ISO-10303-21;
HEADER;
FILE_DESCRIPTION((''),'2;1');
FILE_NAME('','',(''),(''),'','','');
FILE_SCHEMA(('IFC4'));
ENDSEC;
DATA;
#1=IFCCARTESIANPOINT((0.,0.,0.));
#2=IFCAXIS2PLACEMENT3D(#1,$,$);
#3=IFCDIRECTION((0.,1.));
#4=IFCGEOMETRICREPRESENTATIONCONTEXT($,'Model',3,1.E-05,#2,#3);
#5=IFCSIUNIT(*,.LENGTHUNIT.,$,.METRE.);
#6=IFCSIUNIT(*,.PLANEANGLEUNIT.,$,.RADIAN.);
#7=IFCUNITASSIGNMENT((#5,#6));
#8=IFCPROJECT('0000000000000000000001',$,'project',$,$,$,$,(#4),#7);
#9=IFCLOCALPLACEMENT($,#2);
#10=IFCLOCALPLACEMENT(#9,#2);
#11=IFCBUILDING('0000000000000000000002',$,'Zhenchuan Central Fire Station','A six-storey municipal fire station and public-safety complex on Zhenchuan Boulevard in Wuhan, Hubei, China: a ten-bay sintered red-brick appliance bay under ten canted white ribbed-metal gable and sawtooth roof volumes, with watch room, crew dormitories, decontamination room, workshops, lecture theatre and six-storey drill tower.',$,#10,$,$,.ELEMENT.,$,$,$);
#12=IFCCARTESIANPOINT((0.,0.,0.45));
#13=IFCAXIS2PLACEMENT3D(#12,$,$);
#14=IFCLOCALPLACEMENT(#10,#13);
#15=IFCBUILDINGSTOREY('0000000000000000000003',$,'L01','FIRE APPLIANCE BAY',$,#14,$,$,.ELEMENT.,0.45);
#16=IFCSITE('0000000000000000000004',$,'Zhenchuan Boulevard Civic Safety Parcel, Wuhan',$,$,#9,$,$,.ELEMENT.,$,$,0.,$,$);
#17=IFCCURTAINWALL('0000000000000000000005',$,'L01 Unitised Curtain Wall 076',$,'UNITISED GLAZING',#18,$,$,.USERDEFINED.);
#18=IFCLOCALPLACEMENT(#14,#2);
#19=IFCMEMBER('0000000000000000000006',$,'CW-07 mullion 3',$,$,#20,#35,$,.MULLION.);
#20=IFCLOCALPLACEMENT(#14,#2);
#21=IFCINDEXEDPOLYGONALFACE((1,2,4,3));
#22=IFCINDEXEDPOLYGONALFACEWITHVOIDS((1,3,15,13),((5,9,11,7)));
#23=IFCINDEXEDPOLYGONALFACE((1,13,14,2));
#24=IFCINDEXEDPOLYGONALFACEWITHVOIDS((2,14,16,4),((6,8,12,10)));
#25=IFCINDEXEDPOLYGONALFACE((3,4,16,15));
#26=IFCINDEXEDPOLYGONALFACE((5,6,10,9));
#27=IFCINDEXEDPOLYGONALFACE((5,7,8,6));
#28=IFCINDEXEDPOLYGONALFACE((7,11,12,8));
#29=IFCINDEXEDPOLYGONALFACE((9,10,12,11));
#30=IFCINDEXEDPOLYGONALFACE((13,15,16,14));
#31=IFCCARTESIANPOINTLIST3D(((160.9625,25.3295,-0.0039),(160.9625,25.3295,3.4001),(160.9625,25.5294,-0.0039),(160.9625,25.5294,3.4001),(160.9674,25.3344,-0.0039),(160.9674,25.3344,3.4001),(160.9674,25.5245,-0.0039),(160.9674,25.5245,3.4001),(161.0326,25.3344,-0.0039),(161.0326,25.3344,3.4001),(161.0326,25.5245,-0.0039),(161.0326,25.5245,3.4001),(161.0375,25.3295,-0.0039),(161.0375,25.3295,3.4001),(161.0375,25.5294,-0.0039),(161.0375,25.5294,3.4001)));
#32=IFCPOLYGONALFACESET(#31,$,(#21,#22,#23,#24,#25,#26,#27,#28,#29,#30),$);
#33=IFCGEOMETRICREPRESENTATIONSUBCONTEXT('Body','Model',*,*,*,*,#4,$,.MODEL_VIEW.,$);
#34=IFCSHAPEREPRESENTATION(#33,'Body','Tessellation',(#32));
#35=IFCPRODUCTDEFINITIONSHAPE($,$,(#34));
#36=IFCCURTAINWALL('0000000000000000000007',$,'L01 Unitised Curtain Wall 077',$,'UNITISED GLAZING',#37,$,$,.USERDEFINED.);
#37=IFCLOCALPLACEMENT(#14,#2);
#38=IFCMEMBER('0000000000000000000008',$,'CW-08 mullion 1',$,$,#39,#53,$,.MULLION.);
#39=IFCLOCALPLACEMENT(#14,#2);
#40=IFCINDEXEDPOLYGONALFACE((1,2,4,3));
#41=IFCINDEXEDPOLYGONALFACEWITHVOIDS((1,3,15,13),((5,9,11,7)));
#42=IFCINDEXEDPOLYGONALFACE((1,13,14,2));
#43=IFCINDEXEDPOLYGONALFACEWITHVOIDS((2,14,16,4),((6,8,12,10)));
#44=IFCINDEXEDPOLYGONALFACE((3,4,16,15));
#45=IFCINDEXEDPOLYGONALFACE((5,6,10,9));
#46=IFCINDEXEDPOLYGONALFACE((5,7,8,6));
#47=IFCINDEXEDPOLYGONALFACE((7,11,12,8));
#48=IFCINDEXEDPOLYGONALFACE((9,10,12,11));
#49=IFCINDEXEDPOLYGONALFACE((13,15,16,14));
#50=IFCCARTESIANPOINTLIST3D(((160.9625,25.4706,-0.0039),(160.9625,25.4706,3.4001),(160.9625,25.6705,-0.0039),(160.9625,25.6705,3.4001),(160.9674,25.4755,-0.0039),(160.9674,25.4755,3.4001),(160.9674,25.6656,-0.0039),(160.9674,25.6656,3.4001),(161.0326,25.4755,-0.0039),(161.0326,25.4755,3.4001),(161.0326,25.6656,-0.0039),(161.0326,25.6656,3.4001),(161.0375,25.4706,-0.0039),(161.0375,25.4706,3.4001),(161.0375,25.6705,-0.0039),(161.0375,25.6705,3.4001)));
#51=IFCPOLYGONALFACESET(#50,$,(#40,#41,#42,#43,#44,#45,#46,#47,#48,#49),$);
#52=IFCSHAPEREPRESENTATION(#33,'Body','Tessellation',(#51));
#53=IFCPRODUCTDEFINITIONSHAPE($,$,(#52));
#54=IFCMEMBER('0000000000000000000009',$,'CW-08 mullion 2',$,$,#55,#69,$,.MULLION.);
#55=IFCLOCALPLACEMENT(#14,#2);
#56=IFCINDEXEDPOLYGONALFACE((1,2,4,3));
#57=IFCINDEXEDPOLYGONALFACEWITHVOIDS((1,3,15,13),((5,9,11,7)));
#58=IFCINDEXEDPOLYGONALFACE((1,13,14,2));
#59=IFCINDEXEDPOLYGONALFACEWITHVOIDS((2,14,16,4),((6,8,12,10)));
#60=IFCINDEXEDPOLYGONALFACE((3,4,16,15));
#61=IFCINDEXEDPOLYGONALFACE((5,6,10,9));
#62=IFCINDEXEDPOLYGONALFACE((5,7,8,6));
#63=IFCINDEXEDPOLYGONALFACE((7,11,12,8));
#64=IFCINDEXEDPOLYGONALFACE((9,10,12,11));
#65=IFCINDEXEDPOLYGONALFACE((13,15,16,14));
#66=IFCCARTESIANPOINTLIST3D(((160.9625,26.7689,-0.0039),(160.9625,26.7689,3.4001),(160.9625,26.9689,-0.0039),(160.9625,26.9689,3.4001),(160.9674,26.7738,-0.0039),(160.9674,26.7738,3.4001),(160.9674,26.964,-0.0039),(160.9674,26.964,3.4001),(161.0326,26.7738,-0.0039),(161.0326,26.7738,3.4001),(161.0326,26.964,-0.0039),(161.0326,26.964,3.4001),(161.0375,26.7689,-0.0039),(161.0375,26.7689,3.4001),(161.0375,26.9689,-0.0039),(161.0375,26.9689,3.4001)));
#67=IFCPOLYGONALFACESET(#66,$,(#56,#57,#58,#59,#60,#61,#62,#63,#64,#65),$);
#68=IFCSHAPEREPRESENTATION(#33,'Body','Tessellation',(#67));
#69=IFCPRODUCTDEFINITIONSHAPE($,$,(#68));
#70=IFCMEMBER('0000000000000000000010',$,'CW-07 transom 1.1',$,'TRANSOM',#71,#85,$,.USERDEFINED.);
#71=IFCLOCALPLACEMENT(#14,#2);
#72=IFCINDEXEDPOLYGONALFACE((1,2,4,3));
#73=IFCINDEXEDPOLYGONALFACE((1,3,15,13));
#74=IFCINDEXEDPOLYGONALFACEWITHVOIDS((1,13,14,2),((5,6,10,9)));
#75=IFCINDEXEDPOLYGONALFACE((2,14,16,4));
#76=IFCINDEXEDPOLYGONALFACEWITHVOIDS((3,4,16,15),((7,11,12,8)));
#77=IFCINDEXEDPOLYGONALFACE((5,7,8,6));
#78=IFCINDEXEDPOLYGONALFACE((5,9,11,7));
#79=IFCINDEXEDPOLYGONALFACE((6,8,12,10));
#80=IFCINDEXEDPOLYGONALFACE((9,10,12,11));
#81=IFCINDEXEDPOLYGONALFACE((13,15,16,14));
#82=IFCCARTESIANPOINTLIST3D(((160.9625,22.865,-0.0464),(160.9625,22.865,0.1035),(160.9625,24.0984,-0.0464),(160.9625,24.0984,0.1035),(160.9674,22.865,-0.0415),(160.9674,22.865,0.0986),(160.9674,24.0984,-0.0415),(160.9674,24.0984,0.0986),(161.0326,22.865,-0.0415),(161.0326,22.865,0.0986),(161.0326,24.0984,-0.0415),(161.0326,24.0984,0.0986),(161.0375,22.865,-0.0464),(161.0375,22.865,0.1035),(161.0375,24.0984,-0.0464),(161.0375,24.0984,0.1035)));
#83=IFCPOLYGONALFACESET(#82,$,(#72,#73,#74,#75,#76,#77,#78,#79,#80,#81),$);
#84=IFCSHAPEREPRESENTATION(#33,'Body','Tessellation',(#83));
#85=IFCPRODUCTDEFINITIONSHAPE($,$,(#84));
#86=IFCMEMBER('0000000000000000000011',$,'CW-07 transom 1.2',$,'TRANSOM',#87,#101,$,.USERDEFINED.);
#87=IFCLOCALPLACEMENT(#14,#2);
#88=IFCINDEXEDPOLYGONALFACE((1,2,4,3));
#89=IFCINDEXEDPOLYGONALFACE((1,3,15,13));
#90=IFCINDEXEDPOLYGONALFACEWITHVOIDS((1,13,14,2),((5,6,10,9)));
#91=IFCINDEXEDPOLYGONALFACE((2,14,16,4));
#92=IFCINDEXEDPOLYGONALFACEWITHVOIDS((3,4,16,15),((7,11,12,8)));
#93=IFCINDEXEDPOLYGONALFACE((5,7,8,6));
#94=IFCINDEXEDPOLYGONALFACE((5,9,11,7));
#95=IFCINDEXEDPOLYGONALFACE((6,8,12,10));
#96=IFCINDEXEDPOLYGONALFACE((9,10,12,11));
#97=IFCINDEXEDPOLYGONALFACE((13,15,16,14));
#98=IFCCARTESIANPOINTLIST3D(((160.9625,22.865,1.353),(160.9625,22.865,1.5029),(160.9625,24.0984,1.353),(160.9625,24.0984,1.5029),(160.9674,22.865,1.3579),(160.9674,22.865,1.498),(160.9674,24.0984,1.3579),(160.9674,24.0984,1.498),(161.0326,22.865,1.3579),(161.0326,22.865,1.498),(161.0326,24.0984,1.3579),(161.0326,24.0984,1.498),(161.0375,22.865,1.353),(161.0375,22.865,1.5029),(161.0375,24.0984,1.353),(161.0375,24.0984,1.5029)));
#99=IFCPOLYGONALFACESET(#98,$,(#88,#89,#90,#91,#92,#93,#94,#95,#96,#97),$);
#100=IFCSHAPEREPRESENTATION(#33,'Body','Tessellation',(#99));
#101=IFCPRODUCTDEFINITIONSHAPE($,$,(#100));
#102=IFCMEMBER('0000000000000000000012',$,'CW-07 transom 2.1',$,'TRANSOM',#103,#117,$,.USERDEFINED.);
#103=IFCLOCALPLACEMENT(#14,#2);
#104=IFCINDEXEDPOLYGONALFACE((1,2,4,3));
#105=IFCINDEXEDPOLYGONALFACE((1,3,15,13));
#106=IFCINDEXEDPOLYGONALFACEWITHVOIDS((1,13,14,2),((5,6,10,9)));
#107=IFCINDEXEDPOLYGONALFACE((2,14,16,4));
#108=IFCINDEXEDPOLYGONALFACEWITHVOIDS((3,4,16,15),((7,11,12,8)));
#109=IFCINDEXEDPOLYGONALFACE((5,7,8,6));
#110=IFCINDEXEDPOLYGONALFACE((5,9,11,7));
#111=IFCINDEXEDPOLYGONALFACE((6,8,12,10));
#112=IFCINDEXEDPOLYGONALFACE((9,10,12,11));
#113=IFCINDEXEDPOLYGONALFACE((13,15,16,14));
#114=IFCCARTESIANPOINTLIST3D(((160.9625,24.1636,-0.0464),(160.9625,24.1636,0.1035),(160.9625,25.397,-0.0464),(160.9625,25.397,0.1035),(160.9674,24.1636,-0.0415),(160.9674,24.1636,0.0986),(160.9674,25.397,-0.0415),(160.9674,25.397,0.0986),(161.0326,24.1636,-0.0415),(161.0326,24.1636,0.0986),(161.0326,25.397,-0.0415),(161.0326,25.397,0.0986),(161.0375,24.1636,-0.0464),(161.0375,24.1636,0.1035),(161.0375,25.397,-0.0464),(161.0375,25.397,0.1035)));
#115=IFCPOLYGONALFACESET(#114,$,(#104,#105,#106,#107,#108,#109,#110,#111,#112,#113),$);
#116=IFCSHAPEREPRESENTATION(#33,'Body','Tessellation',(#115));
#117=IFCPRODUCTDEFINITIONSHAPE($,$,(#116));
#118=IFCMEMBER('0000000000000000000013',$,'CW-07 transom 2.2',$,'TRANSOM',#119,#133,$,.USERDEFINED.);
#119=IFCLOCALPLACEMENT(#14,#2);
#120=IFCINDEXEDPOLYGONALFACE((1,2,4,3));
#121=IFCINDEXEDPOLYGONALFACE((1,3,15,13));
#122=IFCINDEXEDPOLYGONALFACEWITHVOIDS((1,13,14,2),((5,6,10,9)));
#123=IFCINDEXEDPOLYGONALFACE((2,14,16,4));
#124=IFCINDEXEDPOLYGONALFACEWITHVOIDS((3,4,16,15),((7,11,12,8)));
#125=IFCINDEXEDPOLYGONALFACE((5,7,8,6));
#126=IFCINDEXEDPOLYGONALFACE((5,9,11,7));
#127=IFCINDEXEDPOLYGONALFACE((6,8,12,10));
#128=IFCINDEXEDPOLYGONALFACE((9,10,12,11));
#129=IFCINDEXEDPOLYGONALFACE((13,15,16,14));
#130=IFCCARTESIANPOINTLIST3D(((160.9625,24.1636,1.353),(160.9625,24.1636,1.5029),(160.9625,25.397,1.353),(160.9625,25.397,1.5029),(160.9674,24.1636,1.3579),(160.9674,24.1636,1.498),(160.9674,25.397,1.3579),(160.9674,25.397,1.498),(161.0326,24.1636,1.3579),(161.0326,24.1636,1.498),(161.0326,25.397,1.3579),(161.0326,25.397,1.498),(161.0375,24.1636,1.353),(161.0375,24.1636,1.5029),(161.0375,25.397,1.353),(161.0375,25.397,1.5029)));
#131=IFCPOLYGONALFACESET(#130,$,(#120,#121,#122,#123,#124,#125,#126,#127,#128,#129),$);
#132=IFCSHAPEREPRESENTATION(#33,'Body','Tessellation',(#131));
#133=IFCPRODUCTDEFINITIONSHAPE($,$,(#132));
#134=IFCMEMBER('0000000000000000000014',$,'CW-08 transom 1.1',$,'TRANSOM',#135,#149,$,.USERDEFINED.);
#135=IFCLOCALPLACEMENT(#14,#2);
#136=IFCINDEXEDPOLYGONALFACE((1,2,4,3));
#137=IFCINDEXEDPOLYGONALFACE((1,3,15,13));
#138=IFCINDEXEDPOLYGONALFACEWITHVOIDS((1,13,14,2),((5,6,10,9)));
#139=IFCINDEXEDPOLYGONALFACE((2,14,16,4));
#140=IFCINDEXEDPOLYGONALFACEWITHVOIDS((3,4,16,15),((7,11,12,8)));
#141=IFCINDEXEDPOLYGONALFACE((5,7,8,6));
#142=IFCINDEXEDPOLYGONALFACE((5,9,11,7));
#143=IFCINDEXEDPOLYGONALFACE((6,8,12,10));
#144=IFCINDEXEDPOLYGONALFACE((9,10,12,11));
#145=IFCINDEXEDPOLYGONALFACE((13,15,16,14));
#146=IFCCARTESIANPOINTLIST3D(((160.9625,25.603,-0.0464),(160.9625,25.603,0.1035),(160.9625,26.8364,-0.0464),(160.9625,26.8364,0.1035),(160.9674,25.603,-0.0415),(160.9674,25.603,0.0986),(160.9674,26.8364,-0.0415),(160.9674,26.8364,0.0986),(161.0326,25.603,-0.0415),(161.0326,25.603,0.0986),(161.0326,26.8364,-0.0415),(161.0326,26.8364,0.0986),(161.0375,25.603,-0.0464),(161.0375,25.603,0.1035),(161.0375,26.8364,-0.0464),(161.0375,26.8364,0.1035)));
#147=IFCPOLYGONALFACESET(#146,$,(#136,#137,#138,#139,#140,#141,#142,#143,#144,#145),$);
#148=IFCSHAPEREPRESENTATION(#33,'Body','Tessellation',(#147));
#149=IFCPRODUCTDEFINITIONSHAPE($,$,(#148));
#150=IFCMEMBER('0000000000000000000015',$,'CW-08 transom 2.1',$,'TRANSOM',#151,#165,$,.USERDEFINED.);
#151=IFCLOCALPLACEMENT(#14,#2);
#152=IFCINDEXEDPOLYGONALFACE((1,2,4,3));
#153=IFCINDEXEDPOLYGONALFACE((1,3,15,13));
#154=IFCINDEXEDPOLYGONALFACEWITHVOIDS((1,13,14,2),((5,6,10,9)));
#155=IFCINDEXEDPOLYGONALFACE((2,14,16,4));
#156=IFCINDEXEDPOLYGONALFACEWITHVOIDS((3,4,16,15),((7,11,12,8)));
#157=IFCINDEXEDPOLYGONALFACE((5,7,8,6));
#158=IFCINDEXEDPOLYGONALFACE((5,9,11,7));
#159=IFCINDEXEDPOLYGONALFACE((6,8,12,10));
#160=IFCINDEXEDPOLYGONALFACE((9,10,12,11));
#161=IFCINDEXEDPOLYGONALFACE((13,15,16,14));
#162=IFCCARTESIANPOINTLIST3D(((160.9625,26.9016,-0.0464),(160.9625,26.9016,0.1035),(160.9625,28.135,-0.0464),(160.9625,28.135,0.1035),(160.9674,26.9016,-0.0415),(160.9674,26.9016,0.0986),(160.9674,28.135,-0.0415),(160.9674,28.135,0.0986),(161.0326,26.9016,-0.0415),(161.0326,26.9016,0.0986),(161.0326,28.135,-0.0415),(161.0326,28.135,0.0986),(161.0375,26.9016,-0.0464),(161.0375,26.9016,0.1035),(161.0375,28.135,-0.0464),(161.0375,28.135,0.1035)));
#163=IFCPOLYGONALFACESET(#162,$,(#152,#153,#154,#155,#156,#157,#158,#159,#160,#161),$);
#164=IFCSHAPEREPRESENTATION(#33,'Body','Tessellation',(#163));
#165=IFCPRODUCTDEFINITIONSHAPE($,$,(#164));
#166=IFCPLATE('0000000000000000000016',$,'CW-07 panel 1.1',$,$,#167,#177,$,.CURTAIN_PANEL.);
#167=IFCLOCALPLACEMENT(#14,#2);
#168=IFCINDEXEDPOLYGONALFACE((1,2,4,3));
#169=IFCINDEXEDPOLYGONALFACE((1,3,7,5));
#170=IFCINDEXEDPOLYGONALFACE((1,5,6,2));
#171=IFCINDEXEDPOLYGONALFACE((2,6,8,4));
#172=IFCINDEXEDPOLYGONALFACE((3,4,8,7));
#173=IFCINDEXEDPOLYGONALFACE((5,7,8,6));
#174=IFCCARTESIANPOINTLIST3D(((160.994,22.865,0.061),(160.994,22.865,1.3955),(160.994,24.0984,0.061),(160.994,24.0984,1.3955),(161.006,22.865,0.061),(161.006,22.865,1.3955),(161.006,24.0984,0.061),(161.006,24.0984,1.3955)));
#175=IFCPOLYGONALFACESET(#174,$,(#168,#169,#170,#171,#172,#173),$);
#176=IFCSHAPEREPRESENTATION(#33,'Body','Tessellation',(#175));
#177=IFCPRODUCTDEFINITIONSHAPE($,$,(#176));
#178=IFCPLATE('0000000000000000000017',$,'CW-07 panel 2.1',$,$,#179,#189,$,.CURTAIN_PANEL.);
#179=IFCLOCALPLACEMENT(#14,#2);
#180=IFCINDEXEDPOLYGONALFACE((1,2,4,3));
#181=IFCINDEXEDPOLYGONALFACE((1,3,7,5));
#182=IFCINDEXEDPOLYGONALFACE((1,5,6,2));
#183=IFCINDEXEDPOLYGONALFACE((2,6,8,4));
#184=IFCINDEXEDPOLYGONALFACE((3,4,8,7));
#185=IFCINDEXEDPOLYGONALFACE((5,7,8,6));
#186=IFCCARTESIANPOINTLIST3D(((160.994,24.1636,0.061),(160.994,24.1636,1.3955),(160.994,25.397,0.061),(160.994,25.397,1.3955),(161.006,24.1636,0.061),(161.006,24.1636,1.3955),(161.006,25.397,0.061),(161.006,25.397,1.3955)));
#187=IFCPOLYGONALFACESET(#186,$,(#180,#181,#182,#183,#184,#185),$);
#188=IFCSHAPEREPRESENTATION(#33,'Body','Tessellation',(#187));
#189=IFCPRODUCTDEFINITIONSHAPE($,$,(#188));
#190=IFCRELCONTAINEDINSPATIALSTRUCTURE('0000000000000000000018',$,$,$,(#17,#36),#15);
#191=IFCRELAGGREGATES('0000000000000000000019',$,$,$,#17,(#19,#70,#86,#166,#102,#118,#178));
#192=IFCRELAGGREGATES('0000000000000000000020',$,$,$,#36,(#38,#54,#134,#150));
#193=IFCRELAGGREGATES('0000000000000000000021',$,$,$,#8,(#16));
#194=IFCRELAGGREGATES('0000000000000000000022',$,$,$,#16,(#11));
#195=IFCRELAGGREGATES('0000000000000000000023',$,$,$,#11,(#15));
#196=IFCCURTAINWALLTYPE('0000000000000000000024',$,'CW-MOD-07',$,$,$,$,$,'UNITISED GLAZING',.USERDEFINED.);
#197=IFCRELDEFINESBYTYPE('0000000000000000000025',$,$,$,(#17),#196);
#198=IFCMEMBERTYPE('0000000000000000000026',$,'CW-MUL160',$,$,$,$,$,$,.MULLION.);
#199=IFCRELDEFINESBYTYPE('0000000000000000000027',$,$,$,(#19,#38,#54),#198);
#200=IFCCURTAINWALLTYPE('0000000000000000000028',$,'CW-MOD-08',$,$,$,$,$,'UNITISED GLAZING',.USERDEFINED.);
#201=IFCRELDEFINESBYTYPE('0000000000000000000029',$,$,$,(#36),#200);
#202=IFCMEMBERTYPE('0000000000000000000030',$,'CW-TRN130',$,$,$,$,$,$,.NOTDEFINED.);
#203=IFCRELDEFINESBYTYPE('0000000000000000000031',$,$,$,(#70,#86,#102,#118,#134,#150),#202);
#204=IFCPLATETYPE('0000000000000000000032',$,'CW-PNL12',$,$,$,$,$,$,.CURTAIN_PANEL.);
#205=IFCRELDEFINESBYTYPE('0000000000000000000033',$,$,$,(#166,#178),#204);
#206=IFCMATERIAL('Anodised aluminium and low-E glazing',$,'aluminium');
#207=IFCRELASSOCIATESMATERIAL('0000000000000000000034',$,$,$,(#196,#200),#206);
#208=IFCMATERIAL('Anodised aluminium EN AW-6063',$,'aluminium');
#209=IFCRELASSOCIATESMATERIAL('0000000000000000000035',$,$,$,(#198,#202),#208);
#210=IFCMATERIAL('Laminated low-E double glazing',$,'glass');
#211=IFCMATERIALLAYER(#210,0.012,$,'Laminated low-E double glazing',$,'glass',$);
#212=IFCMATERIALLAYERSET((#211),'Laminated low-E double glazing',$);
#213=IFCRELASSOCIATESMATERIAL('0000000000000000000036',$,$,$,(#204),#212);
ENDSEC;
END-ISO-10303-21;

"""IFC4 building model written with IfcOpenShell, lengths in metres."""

from ifc_helpers import new_model, si_unit, direction, frame, origin, origin_2d, place, context, subcontext, project, spatial, rectangle, hollow_rectangle, extrude, material, layer, layer_set, material_profile, profile_set, type_object, element, aggregate, save


model = new_model("IFC4")

# Units and contexts
model_context = context("Model", 3, precision=1e-05, world=origin(), true_north=direction((0.0, 1.0)))
body_context = subcontext(model_context, "Body", "Model", "MODEL_VIEW")
ifc_project = project(units=[si_unit("LENGTHUNIT", "METRE"), si_unit("PLANEANGLEUNIT", "RADIAN")], contexts=[model_context])

# Site, building, storey
site_placement = place(None, origin())
site = spatial("IfcSite", under=ifc_project, at=site_placement, Name="Zhenchuan Boulevard Civic Safety Parcel, Wuhan", CompositionType="ELEMENT", RefElevation=0.0)
building_placement = place(site_placement, origin())
building = spatial("IfcBuilding", under=site, at=building_placement, Name="Zhenchuan Central Fire Station", Description="A six-storey municipal fire station and public-safety complex on Zhenchuan Boulevard in Wuhan, Hubei, China: a ten-bay sintered red-brick appliance bay under ten canted white ribbed-metal gable and sawtooth roof volumes, with watch room, crew dormitories, decontamination room, workshops, lecture theatre and six-storey drill tower.", CompositionType="ELEMENT")
storey_placement = place(building_placement, frame((0.0, 0.0, 0.45)))
storey = spatial("IfcBuildingStorey", under=building, at=storey_placement, Name="L01", Description="FIRE APPLIANCE BAY", CompositionType="ELEMENT", Elevation=0.45)

# Curtain walls, members
ifc_material_1 = material(Name="Anodised aluminium and low-E glazing", Category="aluminium")
curtain_wall_type_1 = type_object("IfcCurtainWallType", Name="CW-MOD-07", ElementType="UNITISED GLAZING", PredefinedType="USERDEFINED", material=ifc_material_1)
curtain_wall_1_placement = place(storey_placement, origin())
curtain_wall_1 = element("IfcCurtainWall", 1, at=curtain_wall_1_placement, inside=storey, type_object=curtain_wall_type_1, Name="L01 Unitised Curtain Wall 076", ObjectType="UNITISED GLAZING", PredefinedType="USERDEFINED")
ifc_material_2 = material(Name="Anodised aluminium EN AW-6063", Category="aluminium")
ifc_material_profile_1 = material_profile(ifc_material_2, hollow_rectangle(XDim=0.075, YDim=0.2, WallThickness=0.0049, at=origin_2d()), Name="ALU-M 200x75")
ifc_profile_set_1 = profile_set([ifc_material_profile_1], Name="Anodised aluminium EN AW-6063")
member_type_1 = type_object("IfcMemberType", Name="CW-MUL160", PredefinedType="MULLION", material=ifc_profile_set_1)
member_1_placement = place(storey_placement, frame((161.0, 25.4294, -0.0039), z_axis=(0.0, 0.0, 1.0), x_axis=(-1.0, 0.0, 0.0)))
member_1 = element("IfcMember", 2, at=member_1_placement, type_object=member_type_1, Name="CW-07 mullion 3", PredefinedType="MULLION", context=body_context, shape_type="SweptSolid", body=[
    extrude(hollow_rectangle(XDim=0.075, YDim=0.2, WallThickness=0.0049, at=origin_2d()), origin(), (0.0, 0.0, 1.0), 3.4041),
])
curtain_wall_type_2 = type_object("IfcCurtainWallType", Name="CW-MOD-08", ElementType="UNITISED GLAZING", PredefinedType="USERDEFINED", material=ifc_material_1)
curtain_wall_2_placement = place(storey_placement, origin())
curtain_wall_2 = element("IfcCurtainWall", 3, at=curtain_wall_2_placement, inside=storey, type_object=curtain_wall_type_2, Name="L01 Unitised Curtain Wall 077", ObjectType="UNITISED GLAZING", PredefinedType="USERDEFINED")
member_2_placement = place(storey_placement, frame((161.0, 25.5706, -0.0039), z_axis=(0.0, 0.0, 1.0), x_axis=(-1.0, 0.0, 0.0)))
member_2 = element("IfcMember", 4, at=member_2_placement, type_object=member_type_1, Name="CW-08 mullion 1", PredefinedType="MULLION", context=body_context, shape_type="SweptSolid", body=[
    extrude(hollow_rectangle(XDim=0.075, YDim=0.2, WallThickness=0.0049, at=origin_2d()), origin(), (0.0, 0.0, 1.0), 3.4041),
])
member_3_placement = place(storey_placement, frame((161.0, 26.8689, -0.0039), z_axis=(0.0, 0.0, 1.0), x_axis=(-1.0, 0.0, 0.0)))
member_3 = element("IfcMember", 5, at=member_3_placement, type_object=member_type_1, Name="CW-08 mullion 2", PredefinedType="MULLION", context=body_context, shape_type="SweptSolid", body=[
    extrude(hollow_rectangle(XDim=0.075, YDim=0.2, WallThickness=0.0049, at=origin_2d()), origin(), (0.0, 0.0, 1.0), 3.4041),
])

# Members
ifc_material_profile_2 = material_profile(ifc_material_2, hollow_rectangle(XDim=0.075, YDim=0.1499, WallThickness=0.0049, at=origin_2d()), Name="ALU-T 150x75")
ifc_profile_set_2 = profile_set([ifc_material_profile_2], Name="Anodised aluminium EN AW-6063")
member_type_2 = type_object("IfcMemberType", Name="CW-TRN130", PredefinedType="NOTDEFINED", material=ifc_profile_set_2)
member_4_placement = place(storey_placement, frame((161.0, 22.865, 0.0286), z_axis=(0.0, 1.0, 0.0), x_axis=(-1.0, 0.0, 0.0)))
member_4 = element("IfcMember", 6, at=member_4_placement, type_object=member_type_2, Name="CW-07 transom 1.1", ObjectType="TRANSOM", PredefinedType="USERDEFINED", context=body_context, shape_type="SweptSolid", body=[
    extrude(hollow_rectangle(XDim=0.075, YDim=0.1499, WallThickness=0.0049, at=origin_2d()), origin(), (0.0, 0.0, 1.0), 1.2334),
])
member_5_placement = place(storey_placement, frame((161.0, 22.865, 1.428), z_axis=(0.0, 1.0, 0.0), x_axis=(-1.0, 0.0, 0.0)))
member_5 = element("IfcMember", 7, at=member_5_placement, type_object=member_type_2, Name="CW-07 transom 1.2", ObjectType="TRANSOM", PredefinedType="USERDEFINED", context=body_context, shape_type="SweptSolid", body=[
    extrude(hollow_rectangle(XDim=0.075, YDim=0.1499, WallThickness=0.0049, at=origin_2d()), origin(), (0.0, 0.0, 1.0), 1.2334),
])
member_6_placement = place(storey_placement, frame((161.0, 24.1636, 0.0286), z_axis=(0.0, 1.0, 0.0), x_axis=(-1.0, 0.0, 0.0)))
member_6 = element("IfcMember", 8, at=member_6_placement, type_object=member_type_2, Name="CW-07 transom 2.1", ObjectType="TRANSOM", PredefinedType="USERDEFINED", context=body_context, shape_type="SweptSolid", body=[
    extrude(hollow_rectangle(XDim=0.075, YDim=0.1499, WallThickness=0.0049, at=origin_2d()), origin(), (0.0, 0.0, 1.0), 1.2334),
])
member_7_placement = place(storey_placement, frame((161.0, 24.1636, 1.428), z_axis=(0.0, 1.0, 0.0), x_axis=(-1.0, 0.0, 0.0)))
member_7 = element("IfcMember", 9, at=member_7_placement, type_object=member_type_2, Name="CW-07 transom 2.2", ObjectType="TRANSOM", PredefinedType="USERDEFINED", context=body_context, shape_type="SweptSolid", body=[
    extrude(hollow_rectangle(XDim=0.075, YDim=0.1499, WallThickness=0.0049, at=origin_2d()), origin(), (0.0, 0.0, 1.0), 1.2334),
])
member_8_placement = place(storey_placement, frame((161.0, 25.603, 0.0286), z_axis=(0.0, 1.0, 0.0), x_axis=(-1.0, 0.0, 0.0)))
member_8 = element("IfcMember", 10, at=member_8_placement, type_object=member_type_2, Name="CW-08 transom 1.1", ObjectType="TRANSOM", PredefinedType="USERDEFINED", context=body_context, shape_type="SweptSolid", body=[
    extrude(hollow_rectangle(XDim=0.075, YDim=0.1499, WallThickness=0.0049, at=origin_2d()), origin(), (0.0, 0.0, 1.0), 1.2334),
])
member_9_placement = place(storey_placement, frame((161.0, 26.9016, 0.0286), z_axis=(0.0, 1.0, 0.0), x_axis=(-1.0, 0.0, 0.0)))
member_9 = element("IfcMember", 11, at=member_9_placement, type_object=member_type_2, Name="CW-08 transom 2.1", ObjectType="TRANSOM", PredefinedType="USERDEFINED", context=body_context, shape_type="SweptSolid", body=[
    extrude(hollow_rectangle(XDim=0.075, YDim=0.1499, WallThickness=0.0049, at=origin_2d()), origin(), (0.0, 0.0, 1.0), 1.2334),
])

# Plates
ifc_material_3 = material(Name="Laminated low-E double glazing", Category="glass")
ifc_layer_1 = layer(ifc_material_3, 0.012, Name="Laminated low-E double glazing", Category="glass")
ifc_layer_set_1 = layer_set([ifc_layer_1], Name="Laminated low-E double glazing")
plate_type = type_object("IfcPlateType", Name="CW-PNL12", PredefinedType="CURTAIN_PANEL", material=ifc_layer_set_1)
plate_1_placement = place(storey_placement, frame((161.0, 23.4817, 0.061), z_axis=(0.0, 0.0, 1.0), x_axis=(0.0, 1.0, 0.0)))
plate_1 = element("IfcPlate", 12, at=plate_1_placement, type_object=plate_type, Name="CW-07 panel 1.1", PredefinedType="CURTAIN_PANEL", context=body_context, shape_type="SweptSolid", body=[
    extrude(rectangle(XDim=1.2334, YDim=0.012, at=origin_2d()), origin(), (0.0, 0.0, 1.0), 1.3345),
])
plate_2_placement = place(storey_placement, frame((161.0, 24.7803, 0.061), z_axis=(0.0, 0.0, 1.0), x_axis=(0.0, 1.0, 0.0)))
plate_2 = element("IfcPlate", 13, at=plate_2_placement, type_object=plate_type, Name="CW-07 panel 2.1", PredefinedType="CURTAIN_PANEL", context=body_context, shape_type="SweptSolid", body=[
    extrude(rectangle(XDim=1.2334, YDim=0.012, at=origin_2d()), origin(), (0.0, 0.0, 1.0), 1.3345),
])
aggregate(curtain_wall_1, [member_1, member_4, member_5, plate_1, member_6, member_7, plate_2])
aggregate(curtain_wall_2, [member_2, member_3, member_8, member_9])

save(model, "model.ifc")
